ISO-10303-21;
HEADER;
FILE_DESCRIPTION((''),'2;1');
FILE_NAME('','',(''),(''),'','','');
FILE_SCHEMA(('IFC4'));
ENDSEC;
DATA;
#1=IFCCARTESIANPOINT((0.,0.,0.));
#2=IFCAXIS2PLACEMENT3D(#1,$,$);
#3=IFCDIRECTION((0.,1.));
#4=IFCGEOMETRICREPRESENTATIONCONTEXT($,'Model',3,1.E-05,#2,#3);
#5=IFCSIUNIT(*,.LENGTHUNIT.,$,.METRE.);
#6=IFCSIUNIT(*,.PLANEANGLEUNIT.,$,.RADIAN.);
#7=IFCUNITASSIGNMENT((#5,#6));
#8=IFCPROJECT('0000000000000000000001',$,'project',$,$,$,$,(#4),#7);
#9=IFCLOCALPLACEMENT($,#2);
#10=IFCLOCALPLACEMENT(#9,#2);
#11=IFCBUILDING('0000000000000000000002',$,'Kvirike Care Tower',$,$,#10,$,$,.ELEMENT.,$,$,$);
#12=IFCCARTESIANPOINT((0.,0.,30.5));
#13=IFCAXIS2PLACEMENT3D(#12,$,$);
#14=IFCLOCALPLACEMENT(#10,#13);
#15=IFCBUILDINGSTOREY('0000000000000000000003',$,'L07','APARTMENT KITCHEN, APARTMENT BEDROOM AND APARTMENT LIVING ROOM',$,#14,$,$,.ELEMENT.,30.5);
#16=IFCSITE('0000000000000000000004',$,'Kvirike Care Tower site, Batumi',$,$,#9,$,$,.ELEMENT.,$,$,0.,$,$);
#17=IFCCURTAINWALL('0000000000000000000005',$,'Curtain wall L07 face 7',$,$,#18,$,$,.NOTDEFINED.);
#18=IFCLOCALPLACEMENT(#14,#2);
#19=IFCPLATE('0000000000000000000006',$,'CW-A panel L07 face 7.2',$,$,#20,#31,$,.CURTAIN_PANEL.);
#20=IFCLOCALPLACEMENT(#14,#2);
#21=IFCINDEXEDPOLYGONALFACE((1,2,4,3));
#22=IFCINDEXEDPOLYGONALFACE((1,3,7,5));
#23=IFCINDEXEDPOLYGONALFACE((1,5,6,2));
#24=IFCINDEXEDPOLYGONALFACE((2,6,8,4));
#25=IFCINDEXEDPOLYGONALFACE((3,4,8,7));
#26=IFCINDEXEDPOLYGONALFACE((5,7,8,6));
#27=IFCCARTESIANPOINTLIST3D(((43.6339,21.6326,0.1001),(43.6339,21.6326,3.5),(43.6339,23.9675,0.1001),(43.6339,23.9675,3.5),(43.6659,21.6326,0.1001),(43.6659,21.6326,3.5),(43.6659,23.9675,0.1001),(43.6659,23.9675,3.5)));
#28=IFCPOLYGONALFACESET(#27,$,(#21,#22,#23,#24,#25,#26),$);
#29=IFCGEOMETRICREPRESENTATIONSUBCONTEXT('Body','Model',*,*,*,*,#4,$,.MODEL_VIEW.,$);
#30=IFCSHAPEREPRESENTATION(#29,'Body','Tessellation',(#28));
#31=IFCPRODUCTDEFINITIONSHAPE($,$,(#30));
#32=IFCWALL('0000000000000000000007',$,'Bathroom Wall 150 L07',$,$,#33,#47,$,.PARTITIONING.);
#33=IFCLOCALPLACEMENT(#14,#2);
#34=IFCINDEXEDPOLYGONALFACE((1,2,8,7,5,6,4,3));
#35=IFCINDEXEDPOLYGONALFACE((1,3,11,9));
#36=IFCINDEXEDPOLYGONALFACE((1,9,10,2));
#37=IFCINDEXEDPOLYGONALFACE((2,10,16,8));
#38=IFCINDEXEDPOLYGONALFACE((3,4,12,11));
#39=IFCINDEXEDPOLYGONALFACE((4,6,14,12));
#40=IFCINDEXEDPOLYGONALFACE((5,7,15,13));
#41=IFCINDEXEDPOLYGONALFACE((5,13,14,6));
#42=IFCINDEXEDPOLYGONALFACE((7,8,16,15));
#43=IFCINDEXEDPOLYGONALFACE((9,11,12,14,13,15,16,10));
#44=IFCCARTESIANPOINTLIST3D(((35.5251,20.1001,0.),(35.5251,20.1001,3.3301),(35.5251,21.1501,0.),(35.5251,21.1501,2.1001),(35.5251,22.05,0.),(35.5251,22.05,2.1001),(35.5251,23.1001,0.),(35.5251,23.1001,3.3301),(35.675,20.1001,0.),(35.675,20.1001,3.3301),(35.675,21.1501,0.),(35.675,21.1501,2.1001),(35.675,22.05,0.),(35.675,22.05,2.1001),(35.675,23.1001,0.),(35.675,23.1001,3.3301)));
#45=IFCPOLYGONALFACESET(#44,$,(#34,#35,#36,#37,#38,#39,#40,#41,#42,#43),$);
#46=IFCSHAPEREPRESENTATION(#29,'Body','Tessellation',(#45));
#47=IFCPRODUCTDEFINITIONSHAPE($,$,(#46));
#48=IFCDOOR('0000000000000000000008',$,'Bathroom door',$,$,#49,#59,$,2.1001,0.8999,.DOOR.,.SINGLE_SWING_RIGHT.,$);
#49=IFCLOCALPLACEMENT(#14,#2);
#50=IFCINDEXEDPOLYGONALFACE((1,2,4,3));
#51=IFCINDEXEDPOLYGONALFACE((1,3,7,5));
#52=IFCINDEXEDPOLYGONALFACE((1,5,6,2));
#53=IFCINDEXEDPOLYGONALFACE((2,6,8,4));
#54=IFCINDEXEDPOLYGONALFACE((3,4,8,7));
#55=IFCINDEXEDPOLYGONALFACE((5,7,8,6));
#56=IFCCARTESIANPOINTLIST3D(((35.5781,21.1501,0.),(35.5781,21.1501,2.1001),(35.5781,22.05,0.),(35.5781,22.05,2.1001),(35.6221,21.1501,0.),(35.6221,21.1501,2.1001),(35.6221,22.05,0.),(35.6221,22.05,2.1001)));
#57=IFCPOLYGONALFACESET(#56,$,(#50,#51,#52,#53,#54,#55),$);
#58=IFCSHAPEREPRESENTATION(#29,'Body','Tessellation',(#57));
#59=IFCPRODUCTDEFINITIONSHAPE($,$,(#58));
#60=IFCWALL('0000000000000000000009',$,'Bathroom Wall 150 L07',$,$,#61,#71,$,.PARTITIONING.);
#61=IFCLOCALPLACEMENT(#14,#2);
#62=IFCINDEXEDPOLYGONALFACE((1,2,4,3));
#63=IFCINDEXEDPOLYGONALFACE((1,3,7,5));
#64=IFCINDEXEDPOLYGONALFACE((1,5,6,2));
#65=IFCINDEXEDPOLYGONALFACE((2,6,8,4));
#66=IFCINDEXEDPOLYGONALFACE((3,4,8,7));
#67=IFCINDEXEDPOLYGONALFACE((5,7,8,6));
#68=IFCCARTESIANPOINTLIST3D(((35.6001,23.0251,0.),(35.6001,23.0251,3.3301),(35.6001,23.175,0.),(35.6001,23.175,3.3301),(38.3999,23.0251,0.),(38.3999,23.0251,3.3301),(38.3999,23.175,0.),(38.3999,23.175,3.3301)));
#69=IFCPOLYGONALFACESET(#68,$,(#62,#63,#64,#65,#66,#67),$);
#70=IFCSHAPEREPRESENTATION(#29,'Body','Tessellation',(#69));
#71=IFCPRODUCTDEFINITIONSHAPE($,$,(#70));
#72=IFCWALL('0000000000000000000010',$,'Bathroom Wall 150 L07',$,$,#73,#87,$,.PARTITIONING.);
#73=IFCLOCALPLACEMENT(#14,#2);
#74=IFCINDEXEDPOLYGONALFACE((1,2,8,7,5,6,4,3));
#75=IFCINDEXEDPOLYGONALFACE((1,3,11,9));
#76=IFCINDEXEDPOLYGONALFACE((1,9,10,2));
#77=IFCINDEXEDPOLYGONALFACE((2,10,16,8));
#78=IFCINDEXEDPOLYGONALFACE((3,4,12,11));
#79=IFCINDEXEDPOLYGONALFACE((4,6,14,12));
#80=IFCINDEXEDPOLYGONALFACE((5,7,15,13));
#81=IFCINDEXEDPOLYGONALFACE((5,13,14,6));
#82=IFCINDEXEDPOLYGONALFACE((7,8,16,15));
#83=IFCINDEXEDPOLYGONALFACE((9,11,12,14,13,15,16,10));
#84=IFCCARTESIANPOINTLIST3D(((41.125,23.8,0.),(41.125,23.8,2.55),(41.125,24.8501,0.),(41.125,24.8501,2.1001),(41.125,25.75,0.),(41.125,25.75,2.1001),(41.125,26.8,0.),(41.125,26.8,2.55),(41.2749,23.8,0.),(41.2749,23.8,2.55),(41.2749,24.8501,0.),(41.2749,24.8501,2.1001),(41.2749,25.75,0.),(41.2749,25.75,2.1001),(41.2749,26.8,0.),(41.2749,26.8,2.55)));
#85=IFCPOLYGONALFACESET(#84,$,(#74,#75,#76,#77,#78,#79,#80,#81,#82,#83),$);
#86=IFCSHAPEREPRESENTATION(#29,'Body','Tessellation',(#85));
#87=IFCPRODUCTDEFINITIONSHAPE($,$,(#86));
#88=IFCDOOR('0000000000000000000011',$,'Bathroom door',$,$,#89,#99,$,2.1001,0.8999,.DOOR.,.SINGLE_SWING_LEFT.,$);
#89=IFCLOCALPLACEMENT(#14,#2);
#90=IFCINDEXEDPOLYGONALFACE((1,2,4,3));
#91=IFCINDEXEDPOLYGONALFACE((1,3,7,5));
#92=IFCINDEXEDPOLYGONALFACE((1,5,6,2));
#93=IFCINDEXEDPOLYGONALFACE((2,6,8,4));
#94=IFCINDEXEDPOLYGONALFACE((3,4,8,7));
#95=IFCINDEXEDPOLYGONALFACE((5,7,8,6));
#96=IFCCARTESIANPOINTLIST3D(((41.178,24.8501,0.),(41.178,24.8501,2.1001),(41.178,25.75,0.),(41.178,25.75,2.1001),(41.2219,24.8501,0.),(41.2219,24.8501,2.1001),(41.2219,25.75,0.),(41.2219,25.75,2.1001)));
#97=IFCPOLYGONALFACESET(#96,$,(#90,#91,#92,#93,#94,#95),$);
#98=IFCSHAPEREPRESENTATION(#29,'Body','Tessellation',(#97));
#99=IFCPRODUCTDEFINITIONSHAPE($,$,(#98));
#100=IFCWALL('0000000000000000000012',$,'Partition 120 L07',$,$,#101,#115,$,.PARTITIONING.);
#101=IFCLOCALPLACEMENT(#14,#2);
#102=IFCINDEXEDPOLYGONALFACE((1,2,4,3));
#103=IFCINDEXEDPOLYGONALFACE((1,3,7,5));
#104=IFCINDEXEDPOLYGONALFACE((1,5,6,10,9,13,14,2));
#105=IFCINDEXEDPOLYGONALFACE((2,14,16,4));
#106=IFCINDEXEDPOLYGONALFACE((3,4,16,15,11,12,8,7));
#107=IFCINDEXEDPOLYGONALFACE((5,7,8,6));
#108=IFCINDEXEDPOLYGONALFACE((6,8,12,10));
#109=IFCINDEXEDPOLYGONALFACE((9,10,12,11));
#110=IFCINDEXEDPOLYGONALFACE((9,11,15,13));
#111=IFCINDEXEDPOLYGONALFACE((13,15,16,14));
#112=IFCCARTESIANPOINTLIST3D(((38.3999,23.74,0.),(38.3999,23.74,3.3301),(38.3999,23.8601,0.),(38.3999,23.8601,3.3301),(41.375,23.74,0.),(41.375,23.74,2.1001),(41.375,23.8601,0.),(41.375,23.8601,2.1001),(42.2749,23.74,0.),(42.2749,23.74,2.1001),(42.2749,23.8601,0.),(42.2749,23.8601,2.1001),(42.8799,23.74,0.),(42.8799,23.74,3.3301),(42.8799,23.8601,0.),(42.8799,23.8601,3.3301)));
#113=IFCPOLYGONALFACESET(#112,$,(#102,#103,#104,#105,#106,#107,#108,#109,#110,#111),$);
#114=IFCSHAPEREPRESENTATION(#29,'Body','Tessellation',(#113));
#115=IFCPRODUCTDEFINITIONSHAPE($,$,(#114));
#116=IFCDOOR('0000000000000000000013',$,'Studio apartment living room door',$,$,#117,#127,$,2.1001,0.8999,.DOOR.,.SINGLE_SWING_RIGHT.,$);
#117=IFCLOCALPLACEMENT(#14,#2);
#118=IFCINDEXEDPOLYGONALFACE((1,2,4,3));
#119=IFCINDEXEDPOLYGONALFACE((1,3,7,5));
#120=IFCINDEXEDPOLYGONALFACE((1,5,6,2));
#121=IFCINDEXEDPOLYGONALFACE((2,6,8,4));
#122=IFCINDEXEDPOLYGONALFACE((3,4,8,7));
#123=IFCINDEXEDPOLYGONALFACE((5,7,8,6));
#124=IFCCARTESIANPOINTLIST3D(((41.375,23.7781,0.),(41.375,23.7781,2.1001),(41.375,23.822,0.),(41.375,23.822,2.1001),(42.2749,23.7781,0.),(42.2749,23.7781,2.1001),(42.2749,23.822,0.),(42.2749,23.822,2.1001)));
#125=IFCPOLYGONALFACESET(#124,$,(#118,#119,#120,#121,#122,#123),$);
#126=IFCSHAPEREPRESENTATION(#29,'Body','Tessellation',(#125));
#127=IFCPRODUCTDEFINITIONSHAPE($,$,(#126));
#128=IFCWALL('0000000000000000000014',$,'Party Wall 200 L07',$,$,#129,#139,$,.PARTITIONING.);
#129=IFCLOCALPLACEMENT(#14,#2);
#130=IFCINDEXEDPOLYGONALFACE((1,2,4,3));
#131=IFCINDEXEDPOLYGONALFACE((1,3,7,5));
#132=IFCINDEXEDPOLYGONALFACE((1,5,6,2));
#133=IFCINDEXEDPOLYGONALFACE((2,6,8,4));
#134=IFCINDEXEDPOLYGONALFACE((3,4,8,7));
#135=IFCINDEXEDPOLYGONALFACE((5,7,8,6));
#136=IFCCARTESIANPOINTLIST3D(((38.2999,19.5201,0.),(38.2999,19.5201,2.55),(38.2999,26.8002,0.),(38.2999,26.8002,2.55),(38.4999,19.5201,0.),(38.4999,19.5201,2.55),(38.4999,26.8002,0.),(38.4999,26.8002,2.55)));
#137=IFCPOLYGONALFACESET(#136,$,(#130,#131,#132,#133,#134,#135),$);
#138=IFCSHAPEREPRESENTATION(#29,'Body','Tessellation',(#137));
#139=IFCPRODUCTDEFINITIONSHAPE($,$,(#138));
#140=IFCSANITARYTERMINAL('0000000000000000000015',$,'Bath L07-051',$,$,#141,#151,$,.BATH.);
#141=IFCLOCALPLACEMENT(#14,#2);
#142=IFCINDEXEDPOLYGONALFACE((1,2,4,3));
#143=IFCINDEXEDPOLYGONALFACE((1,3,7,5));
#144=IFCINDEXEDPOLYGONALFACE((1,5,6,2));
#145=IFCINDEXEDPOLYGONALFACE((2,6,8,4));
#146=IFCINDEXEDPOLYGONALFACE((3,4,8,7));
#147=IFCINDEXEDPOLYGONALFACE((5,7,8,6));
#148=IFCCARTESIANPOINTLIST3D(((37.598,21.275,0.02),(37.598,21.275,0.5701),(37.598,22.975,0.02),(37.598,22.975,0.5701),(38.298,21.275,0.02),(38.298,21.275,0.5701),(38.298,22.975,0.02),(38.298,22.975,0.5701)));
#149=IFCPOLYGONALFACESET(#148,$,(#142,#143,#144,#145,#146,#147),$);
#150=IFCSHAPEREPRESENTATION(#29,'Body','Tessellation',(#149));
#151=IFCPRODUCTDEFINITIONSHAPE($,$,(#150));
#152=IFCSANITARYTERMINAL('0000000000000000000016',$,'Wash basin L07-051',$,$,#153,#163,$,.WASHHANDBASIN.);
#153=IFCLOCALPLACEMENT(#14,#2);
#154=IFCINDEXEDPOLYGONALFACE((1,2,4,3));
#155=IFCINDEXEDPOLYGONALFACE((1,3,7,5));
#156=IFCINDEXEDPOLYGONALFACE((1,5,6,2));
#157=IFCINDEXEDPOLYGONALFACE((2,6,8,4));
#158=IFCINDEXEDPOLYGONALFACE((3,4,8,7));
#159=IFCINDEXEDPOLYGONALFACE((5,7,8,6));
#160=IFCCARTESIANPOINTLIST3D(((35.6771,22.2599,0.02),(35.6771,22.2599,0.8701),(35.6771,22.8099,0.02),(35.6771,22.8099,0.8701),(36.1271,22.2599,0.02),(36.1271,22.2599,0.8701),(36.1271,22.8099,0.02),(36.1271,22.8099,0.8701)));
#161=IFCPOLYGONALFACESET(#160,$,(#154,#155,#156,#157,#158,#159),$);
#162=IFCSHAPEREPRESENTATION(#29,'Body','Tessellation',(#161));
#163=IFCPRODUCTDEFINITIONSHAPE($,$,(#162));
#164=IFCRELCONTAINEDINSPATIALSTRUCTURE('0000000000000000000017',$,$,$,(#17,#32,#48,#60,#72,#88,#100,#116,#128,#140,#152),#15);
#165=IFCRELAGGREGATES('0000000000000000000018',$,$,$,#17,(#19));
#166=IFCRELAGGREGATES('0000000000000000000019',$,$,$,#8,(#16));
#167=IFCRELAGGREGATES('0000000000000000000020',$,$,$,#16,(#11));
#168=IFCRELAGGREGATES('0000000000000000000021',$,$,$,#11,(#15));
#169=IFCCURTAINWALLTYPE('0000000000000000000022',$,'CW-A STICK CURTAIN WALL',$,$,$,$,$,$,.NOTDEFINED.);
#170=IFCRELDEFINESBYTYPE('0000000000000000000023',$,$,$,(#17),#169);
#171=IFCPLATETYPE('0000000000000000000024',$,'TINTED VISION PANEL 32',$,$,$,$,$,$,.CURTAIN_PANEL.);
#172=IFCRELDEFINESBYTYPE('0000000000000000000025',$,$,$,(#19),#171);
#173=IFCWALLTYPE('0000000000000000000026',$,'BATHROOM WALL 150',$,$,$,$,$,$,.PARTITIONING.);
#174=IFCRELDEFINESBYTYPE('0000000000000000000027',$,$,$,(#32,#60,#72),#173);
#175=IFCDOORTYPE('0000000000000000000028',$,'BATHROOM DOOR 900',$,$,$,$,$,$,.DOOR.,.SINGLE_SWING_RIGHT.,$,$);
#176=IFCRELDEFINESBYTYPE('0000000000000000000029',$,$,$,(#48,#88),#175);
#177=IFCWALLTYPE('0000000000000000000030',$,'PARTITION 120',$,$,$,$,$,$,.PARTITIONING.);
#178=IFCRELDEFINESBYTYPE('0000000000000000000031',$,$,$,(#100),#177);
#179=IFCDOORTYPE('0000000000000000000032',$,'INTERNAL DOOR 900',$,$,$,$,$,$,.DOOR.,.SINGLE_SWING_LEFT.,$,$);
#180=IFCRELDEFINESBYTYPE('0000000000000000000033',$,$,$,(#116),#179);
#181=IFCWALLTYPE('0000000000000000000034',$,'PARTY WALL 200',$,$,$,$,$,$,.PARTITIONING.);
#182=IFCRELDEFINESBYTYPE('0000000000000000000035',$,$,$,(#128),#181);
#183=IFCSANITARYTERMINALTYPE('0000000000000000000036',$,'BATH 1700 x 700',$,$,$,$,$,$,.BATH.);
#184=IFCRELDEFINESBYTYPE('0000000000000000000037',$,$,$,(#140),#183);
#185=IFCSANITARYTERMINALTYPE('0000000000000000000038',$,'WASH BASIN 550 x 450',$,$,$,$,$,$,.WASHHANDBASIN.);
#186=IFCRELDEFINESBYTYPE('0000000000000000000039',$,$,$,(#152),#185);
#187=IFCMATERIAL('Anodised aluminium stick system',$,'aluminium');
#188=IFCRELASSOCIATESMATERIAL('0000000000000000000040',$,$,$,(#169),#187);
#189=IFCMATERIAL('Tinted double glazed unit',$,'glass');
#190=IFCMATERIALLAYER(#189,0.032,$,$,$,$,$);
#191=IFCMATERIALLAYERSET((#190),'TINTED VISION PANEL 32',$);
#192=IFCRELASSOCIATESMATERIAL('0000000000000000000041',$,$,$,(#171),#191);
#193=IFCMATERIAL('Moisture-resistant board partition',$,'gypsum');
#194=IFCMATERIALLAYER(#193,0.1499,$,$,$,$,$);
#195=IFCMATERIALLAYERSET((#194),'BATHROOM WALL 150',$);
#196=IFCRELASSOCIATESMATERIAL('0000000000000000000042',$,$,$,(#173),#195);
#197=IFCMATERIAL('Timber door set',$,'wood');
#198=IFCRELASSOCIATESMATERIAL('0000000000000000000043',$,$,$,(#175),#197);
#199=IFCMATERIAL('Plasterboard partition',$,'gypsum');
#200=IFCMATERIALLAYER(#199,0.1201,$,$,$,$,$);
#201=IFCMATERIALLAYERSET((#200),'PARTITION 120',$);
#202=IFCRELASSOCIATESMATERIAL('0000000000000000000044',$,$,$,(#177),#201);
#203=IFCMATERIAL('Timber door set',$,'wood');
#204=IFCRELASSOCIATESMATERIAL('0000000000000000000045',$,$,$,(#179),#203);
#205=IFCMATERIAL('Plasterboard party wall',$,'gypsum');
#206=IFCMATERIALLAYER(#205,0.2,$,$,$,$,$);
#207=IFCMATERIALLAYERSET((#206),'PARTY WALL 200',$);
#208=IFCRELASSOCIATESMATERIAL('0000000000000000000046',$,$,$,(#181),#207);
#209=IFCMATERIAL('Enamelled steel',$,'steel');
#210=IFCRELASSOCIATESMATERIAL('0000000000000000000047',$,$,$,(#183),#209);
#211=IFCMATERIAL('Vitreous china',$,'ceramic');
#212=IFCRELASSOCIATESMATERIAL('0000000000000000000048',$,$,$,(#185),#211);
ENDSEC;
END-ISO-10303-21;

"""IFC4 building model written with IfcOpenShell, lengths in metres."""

from ifc_helpers import new_model, si_unit, direction, frame, frame_2d, origin, origin_2d, place, context, subcontext, project, spatial, rectangle, extrude, material, layer, layer_set, type_object, element, fill, aggregate, save


model = new_model("IFC4")

# Units and contexts
model_context = context("Model", 3, precision=1e-05, world=origin(), true_north=direction((0.0, 1.0)))
body_context = subcontext(model_context, "Body", "Model", "MODEL_VIEW")
ifc_project = project(units=[si_unit("LENGTHUNIT", "METRE"), si_unit("PLANEANGLEUNIT", "RADIAN")], contexts=[model_context])

# Site, building, storey
site_placement = place(None, origin())
site = spatial("IfcSite", under=ifc_project, at=site_placement, Name="Kvirike Care Tower site, Batumi", CompositionType="ELEMENT", RefElevation=0.0)
building_placement = place(site_placement, origin())
building = spatial("IfcBuilding", under=site, at=building_placement, Name="Kvirike Care Tower", CompositionType="ELEMENT")
storey_placement = place(building_placement, frame((0.0, 0.0, 30.5)))
storey = spatial("IfcBuildingStorey", under=building, at=storey_placement, Name="L07", Description="APARTMENT KITCHEN, APARTMENT BEDROOM AND APARTMENT LIVING ROOM", CompositionType="ELEMENT", Elevation=30.5)

# Shared definitions
ifc_material_1 = material(Name="Anodised aluminium stick system", Category="aluminium")
curtain_wall_type = type_object("IfcCurtainWallType", Name="CW-A STICK CURTAIN WALL", PredefinedType="NOTDEFINED", material=ifc_material_1)

# Curtain wall
curtain_wall_1_placement = place(storey_placement, origin())
curtain_wall_1 = element("IfcCurtainWall", 1, at=curtain_wall_1_placement, inside=storey, type_object=curtain_wall_type, Name="Curtain wall L07 face 7", PredefinedType="NOTDEFINED")

# Plate
ifc_material_2 = material(Name="Tinted double glazed unit", Category="glass")
ifc_layer_1 = layer(ifc_material_2, 0.032)
ifc_layer_set_1 = layer_set([ifc_layer_1], Name="TINTED VISION PANEL 32")
plate_type = type_object("IfcPlateType", Name="TINTED VISION PANEL 32", PredefinedType="CURTAIN_PANEL", material=ifc_layer_set_1)
plate_1_placement = place(storey_placement, frame((43.6499, 22.8, 0.1001), z_axis=(0.0, 0.0, 1.0), x_axis=(0.0, 1.0, 0.0)))
plate_1 = element("IfcPlate", 2, at=plate_1_placement, type_object=plate_type, Name="CW-A panel L07 face 7.2", PredefinedType="CURTAIN_PANEL", context=body_context, shape_type="SweptSolid", body=[
    extrude(rectangle(XDim=2.335, YDim=0.032, at=origin_2d()), origin(), (0.0, 0.0, 1.0), 3.3999),
])
aggregate(curtain_wall_1, [plate_1])

# Wall, opening, door
ifc_material_3 = material(Name="Moisture-resistant board partition", Category="gypsum")
ifc_layer_2 = layer(ifc_material_3, 0.1499)
ifc_layer_set_2 = layer_set([ifc_layer_2], Name="BATHROOM WALL 150")
wall_type_1 = type_object("IfcWallType", Name="BATHROOM WALL 150", PredefinedType="PARTITIONING", material=ifc_layer_set_2)
wall_1_placement = place(storey_placement, frame((35.6001, 20.1001, 0.0), z_axis=(0.0, 0.0, 1.0), x_axis=(0.0, 1.0, 0.0)))
wall_1 = element("IfcWall", 3, at=wall_1_placement, inside=storey, type_object=wall_type_1, Name="Bathroom Wall 150 L07", PredefinedType="PARTITIONING", context=body_context, shape_type="SweptSolid", body=[
    extrude(rectangle(XDim=3.0, YDim=0.1499, at=frame_2d((1.5, 0.0))), origin(), (0.0, 0.0, 1.0), 3.3301),
])
opening_1_placement = place(wall_1_placement, frame((1.05, 0.0, 0.0)))
opening_1 = element("IfcOpeningElement", 4, at=opening_1_placement, cuts=wall_1, PredefinedType="OPENING", context=body_context, shape_type="SweptSolid", body=[
    extrude(rectangle(XDim=0.8999, YDim=2.1001, at=frame_2d((0.45, 1.05))), frame((0.0, 0.0854, 0.0), z_axis=(0.0, -1.0, 0.0), x_axis=(1.0, 0.0, 0.0)), (0.0, 0.0, 1.0), 0.1709),
])
ifc_material_4 = material(Name="Timber door set", Category="wood")
door_type_1 = type_object("IfcDoorType", Name="BATHROOM DOOR 900", OperationType="SINGLE_SWING_RIGHT", PredefinedType="DOOR", material=ifc_material_4)
door_1_placement = place(opening_1_placement, frame((0.8999, 0.0, 0.0), z_axis=(0.0, 0.0, 1.0), x_axis=(-1.0, 0.0, 0.0)))
door_1 = element("IfcDoor", 5, at=door_1_placement, inside=storey, type_object=door_type_1, Name="Bathroom door", OperationType="SINGLE_SWING_RIGHT", OverallHeight=2.1001, OverallWidth=0.8999, PredefinedType="DOOR", context=body_context, shape_type="SweptSolid", body=[
    extrude(rectangle(XDim=0.8999, YDim=2.1001, at=frame_2d((0.45, 1.05))), frame((0.0, 0.022, 0.0), z_axis=(0.0, -1.0, 0.0), x_axis=(1.0, 0.0, 0.0)), (0.0, 0.0, 1.0), 0.0439),
])
fill(opening_1, door_1)

# Wall
wall_2_placement = place(storey_placement, frame((35.6001, 23.1001, 0.0), z_axis=(0.0, 0.0, 1.0), x_axis=(1.0, 0.0, 0.0)))
element("IfcWall", 6, at=wall_2_placement, inside=storey, type_object=wall_type_1, Name="Bathroom Wall 150 L07", PredefinedType="PARTITIONING", context=body_context, shape_type="SweptSolid", body=[
    extrude(rectangle(XDim=2.7998, YDim=0.1499, at=frame_2d((1.3999, 0.0))), origin(), (0.0, 0.0, 1.0), 3.3301),
])

# Walls, openings, doors
wall_3_placement = place(storey_placement, frame((41.2, 23.8, 0.0), z_axis=(0.0, 0.0, 1.0), x_axis=(0.0, 1.0, 0.0)))
wall_3 = element("IfcWall", 7, at=wall_3_placement, inside=storey, type_object=wall_type_1, Name="Bathroom Wall 150 L07", PredefinedType="PARTITIONING", context=body_context, shape_type="SweptSolid", body=[
    extrude(rectangle(XDim=3.0, YDim=0.1499, at=frame_2d((1.5, 0.0))), origin(), (0.0, 0.0, 1.0), 2.55),
])
opening_2_placement = place(wall_3_placement, frame((1.05, 0.0, 0.0)))
opening_2 = element("IfcOpeningElement", 8, at=opening_2_placement, cuts=wall_3, PredefinedType="OPENING", context=body_context, shape_type="SweptSolid", body=[
    extrude(rectangle(XDim=0.8999, YDim=2.1001, at=frame_2d((0.45, 1.05))), frame((0.0, 0.0854, 0.0), z_axis=(0.0, -1.0, 0.0), x_axis=(1.0, 0.0, 0.0)), (0.0, 0.0, 1.0), 0.1709),
])
door_2_placement = place(opening_2_placement, origin())
door_2 = element("IfcDoor", 9, at=door_2_placement, inside=storey, type_object=door_type_1, Name="Bathroom door", OperationType="SINGLE_SWING_LEFT", OverallHeight=2.1001, OverallWidth=0.8999, PredefinedType="DOOR", context=body_context, shape_type="SweptSolid", body=[
    extrude(rectangle(XDim=0.8999, YDim=2.1001, at=frame_2d((0.45, 1.05))), frame((0.0, 0.022, 0.0), z_axis=(0.0, -1.0, 0.0), x_axis=(1.0, 0.0, 0.0)), (0.0, 0.0, 1.0), 0.0439),
])
fill(opening_2, door_2)
ifc_material_5 = material(Name="Plasterboard partition", Category="gypsum")
ifc_layer_3 = layer(ifc_material_5, 0.1201)
ifc_layer_set_3 = layer_set([ifc_layer_3], Name="PARTITION 120")
wall_type_2 = type_object("IfcWallType", Name="PARTITION 120", PredefinedType="PARTITIONING", material=ifc_layer_set_3)
wall_4_placement = place(storey_placement, frame((38.3999, 23.8, 0.0), z_axis=(0.0, 0.0, 1.0), x_axis=(1.0, 0.0, 0.0)))
wall_4 = element("IfcWall", 10, at=wall_4_placement, inside=storey, type_object=wall_type_2, Name="Partition 120 L07", PredefinedType="PARTITIONING", context=body_context, shape_type="SweptSolid", body=[
    extrude(rectangle(XDim=4.48, YDim=0.1201, at=frame_2d((2.24, 0.0))), origin(), (0.0, 0.0, 1.0), 3.3301),
])
opening_3_placement = place(wall_4_placement, frame((2.9751, 0.0, 0.0)))
opening_3 = element("IfcOpeningElement", 11, at=opening_3_placement, cuts=wall_4, PredefinedType="OPENING", context=body_context, shape_type="SweptSolid", body=[
    extrude(rectangle(XDim=0.8999, YDim=2.1001, at=frame_2d((0.45, 1.05))), frame((0.0, 0.0706, 0.0), z_axis=(0.0, -1.0, 0.0), x_axis=(1.0, 0.0, 0.0)), (0.0, 0.0, 1.0), 0.1411),
])
ifc_material_6 = material(Name="Timber door set", Category="wood")
door_type_2 = type_object("IfcDoorType", Name="INTERNAL DOOR 900", OperationType="SINGLE_SWING_LEFT", PredefinedType="DOOR", material=ifc_material_6)
door_3_placement = place(opening_3_placement, origin())
door_3 = element("IfcDoor", 12, at=door_3_placement, inside=storey, type_object=door_type_2, Name="Studio apartment living room door", OperationType="SINGLE_SWING_RIGHT", OverallHeight=2.1001, OverallWidth=0.8999, PredefinedType="DOOR", context=body_context, shape_type="SweptSolid", body=[
    extrude(rectangle(XDim=0.8999, YDim=2.1001, at=frame_2d((0.45, 1.05))), frame((0.0, 0.022, 0.0), z_axis=(0.0, -1.0, 0.0), x_axis=(1.0, 0.0, 0.0)), (0.0, 0.0, 1.0), 0.0439),
])
fill(opening_3, door_3)

# Wall
ifc_material_7 = material(Name="Plasterboard party wall", Category="gypsum")
ifc_layer_4 = layer(ifc_material_7, 0.2)
ifc_layer_set_4 = layer_set([ifc_layer_4], Name="PARTY WALL 200")
wall_type_3 = type_object("IfcWallType", Name="PARTY WALL 200", PredefinedType="PARTITIONING", material=ifc_layer_set_4)
wall_5_placement = place(storey_placement, frame((38.3999, 19.52, 0.0), z_axis=(0.0, 0.0, 1.0), x_axis=(0.0, 1.0, 0.0)))
element("IfcWall", 13, at=wall_5_placement, inside=storey, type_object=wall_type_3, Name="Party Wall 200 L07", PredefinedType="PARTITIONING", context=body_context, shape_type="SweptSolid", body=[
    extrude(rectangle(XDim=7.28, YDim=0.2, at=frame_2d((3.6401, 0.0))), origin(), (0.0, 0.0, 1.0), 2.55),
])

# Sanitary terminals
ifc_material_8 = material(Name="Enamelled steel", Category="steel")
sanitary_terminal_type_1 = type_object("IfcSanitaryTerminalType", Name="BATH 1700 x 700", PredefinedType="BATH", material=ifc_material_8)
sanitary_terminal_1_placement = place(storey_placement, frame((37.948, 22.125, 0.02), z_axis=(0.0, 0.0, 1.0), x_axis=(0.0, -1.0, 0.0)))
element("IfcSanitaryTerminal", 14, at=sanitary_terminal_1_placement, inside=storey, type_object=sanitary_terminal_type_1, Name="Bath L07-051", PredefinedType="BATH", context=body_context, shape_type="SweptSolid", body=[
    extrude(rectangle(XDim=1.7, YDim=0.7, at=origin_2d()), origin(), (0.0, 0.0, 1.0), 0.55),
])
ifc_material_9 = material(Name="Vitreous china", Category="ceramic")
sanitary_terminal_type_2 = type_object("IfcSanitaryTerminalType", Name="WASH BASIN 550 x 450", PredefinedType="WASHHANDBASIN", material=ifc_material_9)
sanitary_terminal_2_placement = place(storey_placement, frame((35.9021, 22.5349, 0.02), z_axis=(0.0, 0.0, 1.0), x_axis=(0.0, 1.0, 0.0)))
element("IfcSanitaryTerminal", 15, at=sanitary_terminal_2_placement, inside=storey, type_object=sanitary_terminal_type_2, Name="Wash basin L07-051", PredefinedType="WASHHANDBASIN", context=body_context, shape_type="SweptSolid", body=[
    extrude(rectangle(XDim=0.55, YDim=0.45, at=origin_2d()), origin(), (0.0, 0.0, 1.0), 0.8501),
])

save(model, "model.ifc")
